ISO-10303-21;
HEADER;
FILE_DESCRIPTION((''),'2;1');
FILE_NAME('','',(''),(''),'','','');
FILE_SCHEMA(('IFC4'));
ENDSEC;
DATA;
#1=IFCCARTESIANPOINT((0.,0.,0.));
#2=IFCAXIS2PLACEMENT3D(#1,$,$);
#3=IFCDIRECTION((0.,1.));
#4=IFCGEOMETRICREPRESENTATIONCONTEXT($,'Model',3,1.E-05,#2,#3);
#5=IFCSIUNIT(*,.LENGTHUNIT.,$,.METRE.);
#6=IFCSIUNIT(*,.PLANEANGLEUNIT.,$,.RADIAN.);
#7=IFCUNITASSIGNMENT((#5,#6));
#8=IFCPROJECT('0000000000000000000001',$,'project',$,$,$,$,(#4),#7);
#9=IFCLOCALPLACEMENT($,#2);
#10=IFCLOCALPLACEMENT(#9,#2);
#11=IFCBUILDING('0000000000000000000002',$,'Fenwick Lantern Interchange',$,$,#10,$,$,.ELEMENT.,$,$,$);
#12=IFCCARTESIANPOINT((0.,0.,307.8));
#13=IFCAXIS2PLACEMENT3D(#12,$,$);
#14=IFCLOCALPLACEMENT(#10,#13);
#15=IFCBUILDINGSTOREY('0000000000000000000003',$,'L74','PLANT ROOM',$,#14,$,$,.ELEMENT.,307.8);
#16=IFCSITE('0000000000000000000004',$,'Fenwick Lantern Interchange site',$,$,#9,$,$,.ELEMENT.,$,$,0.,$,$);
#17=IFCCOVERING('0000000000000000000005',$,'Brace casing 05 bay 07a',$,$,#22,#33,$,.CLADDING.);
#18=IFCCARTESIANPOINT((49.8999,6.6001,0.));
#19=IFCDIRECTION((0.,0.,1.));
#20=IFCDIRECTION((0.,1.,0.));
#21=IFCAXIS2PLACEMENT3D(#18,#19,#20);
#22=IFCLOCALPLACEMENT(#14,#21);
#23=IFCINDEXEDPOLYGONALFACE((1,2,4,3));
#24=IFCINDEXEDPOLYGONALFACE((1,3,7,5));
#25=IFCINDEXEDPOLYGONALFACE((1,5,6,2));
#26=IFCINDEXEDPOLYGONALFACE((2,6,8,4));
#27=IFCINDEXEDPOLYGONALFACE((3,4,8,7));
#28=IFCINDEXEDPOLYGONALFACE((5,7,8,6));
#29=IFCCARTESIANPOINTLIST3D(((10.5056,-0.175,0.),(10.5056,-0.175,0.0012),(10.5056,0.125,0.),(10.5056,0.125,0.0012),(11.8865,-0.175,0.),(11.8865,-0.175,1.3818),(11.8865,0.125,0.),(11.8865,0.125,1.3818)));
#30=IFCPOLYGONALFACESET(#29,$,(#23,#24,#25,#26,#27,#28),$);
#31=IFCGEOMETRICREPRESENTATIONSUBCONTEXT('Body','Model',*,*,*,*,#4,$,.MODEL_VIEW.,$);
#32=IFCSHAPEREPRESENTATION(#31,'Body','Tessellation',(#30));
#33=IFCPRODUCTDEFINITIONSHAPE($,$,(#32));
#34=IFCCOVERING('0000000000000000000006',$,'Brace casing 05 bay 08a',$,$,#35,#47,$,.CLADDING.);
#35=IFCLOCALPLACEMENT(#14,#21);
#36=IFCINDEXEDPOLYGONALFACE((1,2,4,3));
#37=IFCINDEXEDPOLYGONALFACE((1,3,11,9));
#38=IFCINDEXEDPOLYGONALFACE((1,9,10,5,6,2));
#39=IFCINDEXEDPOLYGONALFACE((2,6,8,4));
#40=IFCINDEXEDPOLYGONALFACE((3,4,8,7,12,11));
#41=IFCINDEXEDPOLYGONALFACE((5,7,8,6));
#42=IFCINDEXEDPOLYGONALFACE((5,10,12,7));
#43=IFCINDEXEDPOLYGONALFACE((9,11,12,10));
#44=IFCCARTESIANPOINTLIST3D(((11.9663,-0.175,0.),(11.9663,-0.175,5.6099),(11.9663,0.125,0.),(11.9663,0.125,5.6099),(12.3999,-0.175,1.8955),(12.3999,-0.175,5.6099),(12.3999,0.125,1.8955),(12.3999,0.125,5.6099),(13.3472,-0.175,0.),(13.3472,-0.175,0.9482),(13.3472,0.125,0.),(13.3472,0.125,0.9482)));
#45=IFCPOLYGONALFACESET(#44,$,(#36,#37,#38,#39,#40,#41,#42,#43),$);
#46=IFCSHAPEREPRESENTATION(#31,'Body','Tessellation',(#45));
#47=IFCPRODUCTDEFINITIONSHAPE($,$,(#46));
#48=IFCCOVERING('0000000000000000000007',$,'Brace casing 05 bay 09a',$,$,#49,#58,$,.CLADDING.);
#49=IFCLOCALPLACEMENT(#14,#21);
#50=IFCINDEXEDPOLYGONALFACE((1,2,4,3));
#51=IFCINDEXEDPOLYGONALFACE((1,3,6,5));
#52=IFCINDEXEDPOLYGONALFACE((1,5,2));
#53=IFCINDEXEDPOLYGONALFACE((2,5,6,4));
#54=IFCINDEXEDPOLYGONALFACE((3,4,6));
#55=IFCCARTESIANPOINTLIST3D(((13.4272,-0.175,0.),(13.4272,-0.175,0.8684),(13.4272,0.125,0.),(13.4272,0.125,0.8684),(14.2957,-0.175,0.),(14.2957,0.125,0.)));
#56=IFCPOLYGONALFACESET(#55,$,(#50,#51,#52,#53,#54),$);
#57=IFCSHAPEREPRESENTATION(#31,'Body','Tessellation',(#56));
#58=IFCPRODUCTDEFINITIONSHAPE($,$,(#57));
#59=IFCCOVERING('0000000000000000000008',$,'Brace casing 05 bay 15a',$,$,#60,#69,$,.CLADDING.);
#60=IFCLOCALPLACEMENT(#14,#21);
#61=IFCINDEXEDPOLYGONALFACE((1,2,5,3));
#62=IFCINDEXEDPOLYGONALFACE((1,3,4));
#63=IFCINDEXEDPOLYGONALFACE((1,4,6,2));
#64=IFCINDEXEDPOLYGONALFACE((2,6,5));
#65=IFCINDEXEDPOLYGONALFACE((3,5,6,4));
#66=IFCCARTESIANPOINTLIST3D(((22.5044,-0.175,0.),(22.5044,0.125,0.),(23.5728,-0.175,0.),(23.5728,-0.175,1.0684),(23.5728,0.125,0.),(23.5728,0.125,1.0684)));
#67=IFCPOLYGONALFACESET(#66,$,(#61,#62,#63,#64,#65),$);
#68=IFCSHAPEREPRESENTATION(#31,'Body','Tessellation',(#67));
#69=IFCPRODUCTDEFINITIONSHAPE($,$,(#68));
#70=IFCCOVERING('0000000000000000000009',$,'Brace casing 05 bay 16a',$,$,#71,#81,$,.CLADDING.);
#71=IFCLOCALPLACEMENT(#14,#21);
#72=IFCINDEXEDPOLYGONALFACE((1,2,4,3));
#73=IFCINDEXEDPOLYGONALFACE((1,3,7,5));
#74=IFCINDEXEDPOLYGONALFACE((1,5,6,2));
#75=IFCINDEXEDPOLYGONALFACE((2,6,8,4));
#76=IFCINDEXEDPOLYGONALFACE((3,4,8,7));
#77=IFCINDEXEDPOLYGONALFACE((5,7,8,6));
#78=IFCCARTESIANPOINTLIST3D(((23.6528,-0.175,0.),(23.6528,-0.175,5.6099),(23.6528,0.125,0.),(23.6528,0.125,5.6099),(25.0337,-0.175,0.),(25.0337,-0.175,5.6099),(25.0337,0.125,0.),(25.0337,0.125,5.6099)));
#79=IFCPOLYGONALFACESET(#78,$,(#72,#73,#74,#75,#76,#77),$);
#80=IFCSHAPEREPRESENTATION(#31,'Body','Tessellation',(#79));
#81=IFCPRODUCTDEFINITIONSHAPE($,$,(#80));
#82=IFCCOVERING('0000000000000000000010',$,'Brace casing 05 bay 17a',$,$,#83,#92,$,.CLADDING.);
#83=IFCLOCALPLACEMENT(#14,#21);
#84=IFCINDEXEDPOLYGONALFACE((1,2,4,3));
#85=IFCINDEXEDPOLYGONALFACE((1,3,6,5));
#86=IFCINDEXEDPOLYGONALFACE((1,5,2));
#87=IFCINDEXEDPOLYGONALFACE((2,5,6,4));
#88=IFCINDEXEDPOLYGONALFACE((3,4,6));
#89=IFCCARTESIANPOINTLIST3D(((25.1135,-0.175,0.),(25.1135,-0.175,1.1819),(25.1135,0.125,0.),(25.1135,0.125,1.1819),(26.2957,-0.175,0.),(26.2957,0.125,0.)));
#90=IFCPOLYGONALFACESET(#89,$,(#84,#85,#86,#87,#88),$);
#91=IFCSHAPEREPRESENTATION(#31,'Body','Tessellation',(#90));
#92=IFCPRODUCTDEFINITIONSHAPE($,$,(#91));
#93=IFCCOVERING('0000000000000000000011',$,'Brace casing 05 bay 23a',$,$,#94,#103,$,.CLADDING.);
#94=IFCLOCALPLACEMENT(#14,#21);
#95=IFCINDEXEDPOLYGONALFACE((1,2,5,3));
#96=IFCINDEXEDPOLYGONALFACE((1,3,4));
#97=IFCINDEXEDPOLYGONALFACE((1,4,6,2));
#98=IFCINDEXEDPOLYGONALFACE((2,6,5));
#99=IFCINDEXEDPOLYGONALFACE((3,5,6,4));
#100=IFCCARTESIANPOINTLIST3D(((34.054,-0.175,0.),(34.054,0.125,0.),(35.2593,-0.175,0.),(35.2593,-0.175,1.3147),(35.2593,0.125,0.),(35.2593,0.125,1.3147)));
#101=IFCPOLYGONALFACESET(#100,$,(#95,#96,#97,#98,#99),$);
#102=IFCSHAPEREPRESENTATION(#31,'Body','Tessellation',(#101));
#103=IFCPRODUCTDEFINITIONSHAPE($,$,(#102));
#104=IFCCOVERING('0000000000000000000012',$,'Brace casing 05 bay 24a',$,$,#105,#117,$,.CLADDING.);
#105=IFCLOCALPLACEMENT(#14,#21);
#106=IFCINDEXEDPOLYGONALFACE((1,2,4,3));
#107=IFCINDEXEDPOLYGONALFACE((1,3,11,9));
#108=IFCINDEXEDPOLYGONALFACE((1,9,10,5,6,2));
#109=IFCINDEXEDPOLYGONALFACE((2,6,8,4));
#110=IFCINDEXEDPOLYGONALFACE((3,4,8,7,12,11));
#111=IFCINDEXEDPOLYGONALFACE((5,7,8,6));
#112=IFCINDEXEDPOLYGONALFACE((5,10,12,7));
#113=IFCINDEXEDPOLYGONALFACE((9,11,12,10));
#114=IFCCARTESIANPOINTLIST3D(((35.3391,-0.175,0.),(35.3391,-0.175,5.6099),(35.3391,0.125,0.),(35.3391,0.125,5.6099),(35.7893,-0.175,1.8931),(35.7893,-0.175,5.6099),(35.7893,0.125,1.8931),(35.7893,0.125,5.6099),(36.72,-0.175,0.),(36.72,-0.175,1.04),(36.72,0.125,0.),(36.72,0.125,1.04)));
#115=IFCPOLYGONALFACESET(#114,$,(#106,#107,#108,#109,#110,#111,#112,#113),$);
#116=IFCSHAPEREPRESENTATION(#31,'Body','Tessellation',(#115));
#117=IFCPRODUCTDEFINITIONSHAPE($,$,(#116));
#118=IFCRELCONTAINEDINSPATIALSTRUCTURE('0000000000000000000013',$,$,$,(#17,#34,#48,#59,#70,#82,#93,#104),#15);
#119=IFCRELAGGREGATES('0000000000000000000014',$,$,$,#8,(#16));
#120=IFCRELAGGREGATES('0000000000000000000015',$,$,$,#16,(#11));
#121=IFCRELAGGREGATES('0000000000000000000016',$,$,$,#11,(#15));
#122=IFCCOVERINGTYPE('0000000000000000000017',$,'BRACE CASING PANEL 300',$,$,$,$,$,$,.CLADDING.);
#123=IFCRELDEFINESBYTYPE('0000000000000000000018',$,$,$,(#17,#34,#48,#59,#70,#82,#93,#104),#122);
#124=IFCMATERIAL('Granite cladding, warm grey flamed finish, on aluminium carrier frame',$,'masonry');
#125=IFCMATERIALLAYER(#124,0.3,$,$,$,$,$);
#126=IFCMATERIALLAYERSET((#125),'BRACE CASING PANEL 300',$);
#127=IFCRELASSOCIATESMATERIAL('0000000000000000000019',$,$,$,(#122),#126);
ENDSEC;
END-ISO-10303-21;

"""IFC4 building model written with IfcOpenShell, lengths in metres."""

from ifc_helpers import new_model, si_unit, direction, frame, origin, place, context, subcontext, project, spatial, polyline, outline, extrude, material, layer, layer_set, type_object, element, save


model = new_model("IFC4")

# Units and contexts
model_context = context("Model", 3, precision=1e-05, world=origin(), true_north=direction((0.0, 1.0)))
body_context = subcontext(model_context, "Body", "Model", "MODEL_VIEW")
ifc_project = project(units=[si_unit("LENGTHUNIT", "METRE"), si_unit("PLANEANGLEUNIT", "RADIAN")], contexts=[model_context])

# Site, building, storey
site_placement = place(None, origin())
site = spatial("IfcSite", under=ifc_project, at=site_placement, Name="Fenwick Lantern Interchange site", CompositionType="ELEMENT", RefElevation=0.0)
building_placement = place(site_placement, origin())
building = spatial("IfcBuilding", under=site, at=building_placement, Name="Fenwick Lantern Interchange", CompositionType="ELEMENT")
storey_placement = place(building_placement, frame((0.0, 0.0, 307.8)))
storey = spatial("IfcBuildingStorey", under=building, at=storey_placement, Name="L74", Description="PLANT ROOM", CompositionType="ELEMENT", Elevation=307.8)

# Coverings
ifc_material_1 = material(Name="Granite cladding, warm grey flamed finish, on aluminium carrier frame", Category="masonry")
ifc_layer_1 = layer(ifc_material_1, 0.3)
ifc_layer_set_1 = layer_set([ifc_layer_1], Name="BRACE CASING PANEL 300")
covering_type = type_object("IfcCoveringType", Name="BRACE CASING PANEL 300", PredefinedType="CLADDING", material=ifc_layer_set_1)
covering_1_placement = place(storey_placement, frame((49.8999, 6.6001, 0.0), z_axis=(0.0, 0.0, 1.0), x_axis=(0.0, 1.0, 0.0)))
element("IfcCovering", 1, at=covering_1_placement, inside=storey, type_object=covering_type, Name="Brace casing 05 bay 07a", PredefinedType="CLADDING", context=body_context, shape_type="SweptSolid", body=[
    extrude(outline(polyline([(10.5056, 0.0), (11.8865, 0.0), (11.8865, 1.3818), (10.5056, 0.0012), (10.5056, 0.0)])), frame((0.0, 0.125, 0.0), z_axis=(0.0, -1.0, 0.0), x_axis=(1.0, 0.0, 0.0)), (0.0, 0.0, 1.0), 0.3),
])
covering_2_placement = place(storey_placement, frame((49.8999, 6.6001, 0.0), z_axis=(0.0, 0.0, 1.0), x_axis=(0.0, 1.0, 0.0)))
element("IfcCovering", 2, at=covering_2_placement, inside=storey, type_object=covering_type, Name="Brace casing 05 bay 08a", PredefinedType="CLADDING", context=body_context, shape_type="SweptSolid", body=[
    extrude(outline(polyline([(11.9663, 0.0), (13.3472, 0.0), (13.3472, 0.9482), (12.3999, 1.8955), (12.3999, 5.6099), (11.9663, 5.6099), (11.9663, 0.0)])), frame((0.0, 0.125, 0.0), z_axis=(0.0, -1.0, 0.0), x_axis=(1.0, 0.0, 0.0)), (0.0, 0.0, 1.0), 0.3),
])
covering_3_placement = place(storey_placement, frame((49.8999, 6.6001, 0.0), z_axis=(0.0, 0.0, 1.0), x_axis=(0.0, 1.0, 0.0)))
element("IfcCovering", 3, at=covering_3_placement, inside=storey, type_object=covering_type, Name="Brace casing 05 bay 09a", PredefinedType="CLADDING", context=body_context, shape_type="SweptSolid", body=[
    extrude(outline(polyline([(13.4272, 0.0), (14.2957, 0.0), (13.4272, 0.8684), (13.4272, 0.0)])), frame((0.0, 0.125, 0.0), z_axis=(0.0, -1.0, 0.0), x_axis=(1.0, 0.0, 0.0)), (0.0, 0.0, 1.0), 0.3),
])
covering_4_placement = place(storey_placement, frame((49.8999, 6.6001, 0.0), z_axis=(0.0, 0.0, 1.0), x_axis=(0.0, 1.0, 0.0)))
element("IfcCovering", 4, at=covering_4_placement, inside=storey, type_object=covering_type, Name="Brace casing 05 bay 15a", PredefinedType="CLADDING", context=body_context, shape_type="SweptSolid", body=[
    extrude(outline(polyline([(22.5044, 0.0), (23.5728, 0.0), (23.5728, 1.0684), (22.5044, 0.0)])), frame((0.0, 0.125, 0.0), z_axis=(0.0, -1.0, 0.0), x_axis=(1.0, 0.0, 0.0)), (0.0, 0.0, 1.0), 0.3),
])
covering_5_placement = place(storey_placement, frame((49.8999, 6.6001, 0.0), z_axis=(0.0, 0.0, 1.0), x_axis=(0.0, 1.0, 0.0)))
element("IfcCovering", 5, at=covering_5_placement, inside=storey, type_object=covering_type, Name="Brace casing 05 bay 16a", PredefinedType="CLADDING", context=body_context, shape_type="SweptSolid", body=[
    extrude(outline(polyline([(23.6528, 0.0), (25.0337, 0.0), (25.0337, 5.6099), (23.6528, 5.6099), (23.6528, 0.0)])), frame((0.0, 0.125, 0.0), z_axis=(0.0, -1.0, 0.0), x_axis=(1.0, 0.0, 0.0)), (0.0, 0.0, 1.0), 0.3),
])
covering_6_placement = place(storey_placement, frame((49.8999, 6.6001, 0.0), z_axis=(0.0, 0.0, 1.0), x_axis=(0.0, 1.0, 0.0)))
element("IfcCovering", 6, at=covering_6_placement, inside=storey, type_object=covering_type, Name="Brace casing 05 bay 17a", PredefinedType="CLADDING", context=body_context, shape_type="SweptSolid", body=[
    extrude(outline(polyline([(25.1135, 0.0), (26.2957, 0.0), (25.1135, 1.1819), (25.1135, 0.0)])), frame((0.0, 0.125, 0.0), z_axis=(0.0, -1.0, 0.0), x_axis=(1.0, 0.0, 0.0)), (0.0, 0.0, 1.0), 0.3),
])
covering_7_placement = place(storey_placement, frame((49.8999, 6.6001, 0.0), z_axis=(0.0, 0.0, 1.0), x_axis=(0.0, 1.0, 0.0)))
element("IfcCovering", 7, at=covering_7_placement, inside=storey, type_object=covering_type, Name="Brace casing 05 bay 23a", PredefinedType="CLADDING", context=body_context, shape_type="SweptSolid", body=[
    extrude(outline(polyline([(34.054, 0.0), (35.2593, 0.0), (35.2593, 1.3147), (34.054, 0.0)])), frame((0.0, 0.125, 0.0), z_axis=(0.0, -1.0, 0.0), x_axis=(1.0, 0.0, 0.0)), (0.0, 0.0, 1.0), 0.3),
])
covering_8_placement = place(storey_placement, frame((49.8999, 6.6001, 0.0), z_axis=(0.0, 0.0, 1.0), x_axis=(0.0, 1.0, 0.0)))
element("IfcCovering", 8, at=covering_8_placement, inside=storey, type_object=covering_type, Name="Brace casing 05 bay 24a", PredefinedType="CLADDING", context=body_context, shape_type="SweptSolid", body=[
    extrude(outline(polyline([(35.3391, 0.0), (36.72, 0.0), (36.72, 1.04), (35.7893, 1.8931), (35.7893, 5.6099), (35.3391, 5.6099), (35.3391, 0.0)])), frame((0.0, 0.125, 0.0), z_axis=(0.0, -1.0, 0.0), x_axis=(1.0, 0.0, 0.0)), (0.0, 0.0, 1.0), 0.3),
])

save(model, "model.ifc")
